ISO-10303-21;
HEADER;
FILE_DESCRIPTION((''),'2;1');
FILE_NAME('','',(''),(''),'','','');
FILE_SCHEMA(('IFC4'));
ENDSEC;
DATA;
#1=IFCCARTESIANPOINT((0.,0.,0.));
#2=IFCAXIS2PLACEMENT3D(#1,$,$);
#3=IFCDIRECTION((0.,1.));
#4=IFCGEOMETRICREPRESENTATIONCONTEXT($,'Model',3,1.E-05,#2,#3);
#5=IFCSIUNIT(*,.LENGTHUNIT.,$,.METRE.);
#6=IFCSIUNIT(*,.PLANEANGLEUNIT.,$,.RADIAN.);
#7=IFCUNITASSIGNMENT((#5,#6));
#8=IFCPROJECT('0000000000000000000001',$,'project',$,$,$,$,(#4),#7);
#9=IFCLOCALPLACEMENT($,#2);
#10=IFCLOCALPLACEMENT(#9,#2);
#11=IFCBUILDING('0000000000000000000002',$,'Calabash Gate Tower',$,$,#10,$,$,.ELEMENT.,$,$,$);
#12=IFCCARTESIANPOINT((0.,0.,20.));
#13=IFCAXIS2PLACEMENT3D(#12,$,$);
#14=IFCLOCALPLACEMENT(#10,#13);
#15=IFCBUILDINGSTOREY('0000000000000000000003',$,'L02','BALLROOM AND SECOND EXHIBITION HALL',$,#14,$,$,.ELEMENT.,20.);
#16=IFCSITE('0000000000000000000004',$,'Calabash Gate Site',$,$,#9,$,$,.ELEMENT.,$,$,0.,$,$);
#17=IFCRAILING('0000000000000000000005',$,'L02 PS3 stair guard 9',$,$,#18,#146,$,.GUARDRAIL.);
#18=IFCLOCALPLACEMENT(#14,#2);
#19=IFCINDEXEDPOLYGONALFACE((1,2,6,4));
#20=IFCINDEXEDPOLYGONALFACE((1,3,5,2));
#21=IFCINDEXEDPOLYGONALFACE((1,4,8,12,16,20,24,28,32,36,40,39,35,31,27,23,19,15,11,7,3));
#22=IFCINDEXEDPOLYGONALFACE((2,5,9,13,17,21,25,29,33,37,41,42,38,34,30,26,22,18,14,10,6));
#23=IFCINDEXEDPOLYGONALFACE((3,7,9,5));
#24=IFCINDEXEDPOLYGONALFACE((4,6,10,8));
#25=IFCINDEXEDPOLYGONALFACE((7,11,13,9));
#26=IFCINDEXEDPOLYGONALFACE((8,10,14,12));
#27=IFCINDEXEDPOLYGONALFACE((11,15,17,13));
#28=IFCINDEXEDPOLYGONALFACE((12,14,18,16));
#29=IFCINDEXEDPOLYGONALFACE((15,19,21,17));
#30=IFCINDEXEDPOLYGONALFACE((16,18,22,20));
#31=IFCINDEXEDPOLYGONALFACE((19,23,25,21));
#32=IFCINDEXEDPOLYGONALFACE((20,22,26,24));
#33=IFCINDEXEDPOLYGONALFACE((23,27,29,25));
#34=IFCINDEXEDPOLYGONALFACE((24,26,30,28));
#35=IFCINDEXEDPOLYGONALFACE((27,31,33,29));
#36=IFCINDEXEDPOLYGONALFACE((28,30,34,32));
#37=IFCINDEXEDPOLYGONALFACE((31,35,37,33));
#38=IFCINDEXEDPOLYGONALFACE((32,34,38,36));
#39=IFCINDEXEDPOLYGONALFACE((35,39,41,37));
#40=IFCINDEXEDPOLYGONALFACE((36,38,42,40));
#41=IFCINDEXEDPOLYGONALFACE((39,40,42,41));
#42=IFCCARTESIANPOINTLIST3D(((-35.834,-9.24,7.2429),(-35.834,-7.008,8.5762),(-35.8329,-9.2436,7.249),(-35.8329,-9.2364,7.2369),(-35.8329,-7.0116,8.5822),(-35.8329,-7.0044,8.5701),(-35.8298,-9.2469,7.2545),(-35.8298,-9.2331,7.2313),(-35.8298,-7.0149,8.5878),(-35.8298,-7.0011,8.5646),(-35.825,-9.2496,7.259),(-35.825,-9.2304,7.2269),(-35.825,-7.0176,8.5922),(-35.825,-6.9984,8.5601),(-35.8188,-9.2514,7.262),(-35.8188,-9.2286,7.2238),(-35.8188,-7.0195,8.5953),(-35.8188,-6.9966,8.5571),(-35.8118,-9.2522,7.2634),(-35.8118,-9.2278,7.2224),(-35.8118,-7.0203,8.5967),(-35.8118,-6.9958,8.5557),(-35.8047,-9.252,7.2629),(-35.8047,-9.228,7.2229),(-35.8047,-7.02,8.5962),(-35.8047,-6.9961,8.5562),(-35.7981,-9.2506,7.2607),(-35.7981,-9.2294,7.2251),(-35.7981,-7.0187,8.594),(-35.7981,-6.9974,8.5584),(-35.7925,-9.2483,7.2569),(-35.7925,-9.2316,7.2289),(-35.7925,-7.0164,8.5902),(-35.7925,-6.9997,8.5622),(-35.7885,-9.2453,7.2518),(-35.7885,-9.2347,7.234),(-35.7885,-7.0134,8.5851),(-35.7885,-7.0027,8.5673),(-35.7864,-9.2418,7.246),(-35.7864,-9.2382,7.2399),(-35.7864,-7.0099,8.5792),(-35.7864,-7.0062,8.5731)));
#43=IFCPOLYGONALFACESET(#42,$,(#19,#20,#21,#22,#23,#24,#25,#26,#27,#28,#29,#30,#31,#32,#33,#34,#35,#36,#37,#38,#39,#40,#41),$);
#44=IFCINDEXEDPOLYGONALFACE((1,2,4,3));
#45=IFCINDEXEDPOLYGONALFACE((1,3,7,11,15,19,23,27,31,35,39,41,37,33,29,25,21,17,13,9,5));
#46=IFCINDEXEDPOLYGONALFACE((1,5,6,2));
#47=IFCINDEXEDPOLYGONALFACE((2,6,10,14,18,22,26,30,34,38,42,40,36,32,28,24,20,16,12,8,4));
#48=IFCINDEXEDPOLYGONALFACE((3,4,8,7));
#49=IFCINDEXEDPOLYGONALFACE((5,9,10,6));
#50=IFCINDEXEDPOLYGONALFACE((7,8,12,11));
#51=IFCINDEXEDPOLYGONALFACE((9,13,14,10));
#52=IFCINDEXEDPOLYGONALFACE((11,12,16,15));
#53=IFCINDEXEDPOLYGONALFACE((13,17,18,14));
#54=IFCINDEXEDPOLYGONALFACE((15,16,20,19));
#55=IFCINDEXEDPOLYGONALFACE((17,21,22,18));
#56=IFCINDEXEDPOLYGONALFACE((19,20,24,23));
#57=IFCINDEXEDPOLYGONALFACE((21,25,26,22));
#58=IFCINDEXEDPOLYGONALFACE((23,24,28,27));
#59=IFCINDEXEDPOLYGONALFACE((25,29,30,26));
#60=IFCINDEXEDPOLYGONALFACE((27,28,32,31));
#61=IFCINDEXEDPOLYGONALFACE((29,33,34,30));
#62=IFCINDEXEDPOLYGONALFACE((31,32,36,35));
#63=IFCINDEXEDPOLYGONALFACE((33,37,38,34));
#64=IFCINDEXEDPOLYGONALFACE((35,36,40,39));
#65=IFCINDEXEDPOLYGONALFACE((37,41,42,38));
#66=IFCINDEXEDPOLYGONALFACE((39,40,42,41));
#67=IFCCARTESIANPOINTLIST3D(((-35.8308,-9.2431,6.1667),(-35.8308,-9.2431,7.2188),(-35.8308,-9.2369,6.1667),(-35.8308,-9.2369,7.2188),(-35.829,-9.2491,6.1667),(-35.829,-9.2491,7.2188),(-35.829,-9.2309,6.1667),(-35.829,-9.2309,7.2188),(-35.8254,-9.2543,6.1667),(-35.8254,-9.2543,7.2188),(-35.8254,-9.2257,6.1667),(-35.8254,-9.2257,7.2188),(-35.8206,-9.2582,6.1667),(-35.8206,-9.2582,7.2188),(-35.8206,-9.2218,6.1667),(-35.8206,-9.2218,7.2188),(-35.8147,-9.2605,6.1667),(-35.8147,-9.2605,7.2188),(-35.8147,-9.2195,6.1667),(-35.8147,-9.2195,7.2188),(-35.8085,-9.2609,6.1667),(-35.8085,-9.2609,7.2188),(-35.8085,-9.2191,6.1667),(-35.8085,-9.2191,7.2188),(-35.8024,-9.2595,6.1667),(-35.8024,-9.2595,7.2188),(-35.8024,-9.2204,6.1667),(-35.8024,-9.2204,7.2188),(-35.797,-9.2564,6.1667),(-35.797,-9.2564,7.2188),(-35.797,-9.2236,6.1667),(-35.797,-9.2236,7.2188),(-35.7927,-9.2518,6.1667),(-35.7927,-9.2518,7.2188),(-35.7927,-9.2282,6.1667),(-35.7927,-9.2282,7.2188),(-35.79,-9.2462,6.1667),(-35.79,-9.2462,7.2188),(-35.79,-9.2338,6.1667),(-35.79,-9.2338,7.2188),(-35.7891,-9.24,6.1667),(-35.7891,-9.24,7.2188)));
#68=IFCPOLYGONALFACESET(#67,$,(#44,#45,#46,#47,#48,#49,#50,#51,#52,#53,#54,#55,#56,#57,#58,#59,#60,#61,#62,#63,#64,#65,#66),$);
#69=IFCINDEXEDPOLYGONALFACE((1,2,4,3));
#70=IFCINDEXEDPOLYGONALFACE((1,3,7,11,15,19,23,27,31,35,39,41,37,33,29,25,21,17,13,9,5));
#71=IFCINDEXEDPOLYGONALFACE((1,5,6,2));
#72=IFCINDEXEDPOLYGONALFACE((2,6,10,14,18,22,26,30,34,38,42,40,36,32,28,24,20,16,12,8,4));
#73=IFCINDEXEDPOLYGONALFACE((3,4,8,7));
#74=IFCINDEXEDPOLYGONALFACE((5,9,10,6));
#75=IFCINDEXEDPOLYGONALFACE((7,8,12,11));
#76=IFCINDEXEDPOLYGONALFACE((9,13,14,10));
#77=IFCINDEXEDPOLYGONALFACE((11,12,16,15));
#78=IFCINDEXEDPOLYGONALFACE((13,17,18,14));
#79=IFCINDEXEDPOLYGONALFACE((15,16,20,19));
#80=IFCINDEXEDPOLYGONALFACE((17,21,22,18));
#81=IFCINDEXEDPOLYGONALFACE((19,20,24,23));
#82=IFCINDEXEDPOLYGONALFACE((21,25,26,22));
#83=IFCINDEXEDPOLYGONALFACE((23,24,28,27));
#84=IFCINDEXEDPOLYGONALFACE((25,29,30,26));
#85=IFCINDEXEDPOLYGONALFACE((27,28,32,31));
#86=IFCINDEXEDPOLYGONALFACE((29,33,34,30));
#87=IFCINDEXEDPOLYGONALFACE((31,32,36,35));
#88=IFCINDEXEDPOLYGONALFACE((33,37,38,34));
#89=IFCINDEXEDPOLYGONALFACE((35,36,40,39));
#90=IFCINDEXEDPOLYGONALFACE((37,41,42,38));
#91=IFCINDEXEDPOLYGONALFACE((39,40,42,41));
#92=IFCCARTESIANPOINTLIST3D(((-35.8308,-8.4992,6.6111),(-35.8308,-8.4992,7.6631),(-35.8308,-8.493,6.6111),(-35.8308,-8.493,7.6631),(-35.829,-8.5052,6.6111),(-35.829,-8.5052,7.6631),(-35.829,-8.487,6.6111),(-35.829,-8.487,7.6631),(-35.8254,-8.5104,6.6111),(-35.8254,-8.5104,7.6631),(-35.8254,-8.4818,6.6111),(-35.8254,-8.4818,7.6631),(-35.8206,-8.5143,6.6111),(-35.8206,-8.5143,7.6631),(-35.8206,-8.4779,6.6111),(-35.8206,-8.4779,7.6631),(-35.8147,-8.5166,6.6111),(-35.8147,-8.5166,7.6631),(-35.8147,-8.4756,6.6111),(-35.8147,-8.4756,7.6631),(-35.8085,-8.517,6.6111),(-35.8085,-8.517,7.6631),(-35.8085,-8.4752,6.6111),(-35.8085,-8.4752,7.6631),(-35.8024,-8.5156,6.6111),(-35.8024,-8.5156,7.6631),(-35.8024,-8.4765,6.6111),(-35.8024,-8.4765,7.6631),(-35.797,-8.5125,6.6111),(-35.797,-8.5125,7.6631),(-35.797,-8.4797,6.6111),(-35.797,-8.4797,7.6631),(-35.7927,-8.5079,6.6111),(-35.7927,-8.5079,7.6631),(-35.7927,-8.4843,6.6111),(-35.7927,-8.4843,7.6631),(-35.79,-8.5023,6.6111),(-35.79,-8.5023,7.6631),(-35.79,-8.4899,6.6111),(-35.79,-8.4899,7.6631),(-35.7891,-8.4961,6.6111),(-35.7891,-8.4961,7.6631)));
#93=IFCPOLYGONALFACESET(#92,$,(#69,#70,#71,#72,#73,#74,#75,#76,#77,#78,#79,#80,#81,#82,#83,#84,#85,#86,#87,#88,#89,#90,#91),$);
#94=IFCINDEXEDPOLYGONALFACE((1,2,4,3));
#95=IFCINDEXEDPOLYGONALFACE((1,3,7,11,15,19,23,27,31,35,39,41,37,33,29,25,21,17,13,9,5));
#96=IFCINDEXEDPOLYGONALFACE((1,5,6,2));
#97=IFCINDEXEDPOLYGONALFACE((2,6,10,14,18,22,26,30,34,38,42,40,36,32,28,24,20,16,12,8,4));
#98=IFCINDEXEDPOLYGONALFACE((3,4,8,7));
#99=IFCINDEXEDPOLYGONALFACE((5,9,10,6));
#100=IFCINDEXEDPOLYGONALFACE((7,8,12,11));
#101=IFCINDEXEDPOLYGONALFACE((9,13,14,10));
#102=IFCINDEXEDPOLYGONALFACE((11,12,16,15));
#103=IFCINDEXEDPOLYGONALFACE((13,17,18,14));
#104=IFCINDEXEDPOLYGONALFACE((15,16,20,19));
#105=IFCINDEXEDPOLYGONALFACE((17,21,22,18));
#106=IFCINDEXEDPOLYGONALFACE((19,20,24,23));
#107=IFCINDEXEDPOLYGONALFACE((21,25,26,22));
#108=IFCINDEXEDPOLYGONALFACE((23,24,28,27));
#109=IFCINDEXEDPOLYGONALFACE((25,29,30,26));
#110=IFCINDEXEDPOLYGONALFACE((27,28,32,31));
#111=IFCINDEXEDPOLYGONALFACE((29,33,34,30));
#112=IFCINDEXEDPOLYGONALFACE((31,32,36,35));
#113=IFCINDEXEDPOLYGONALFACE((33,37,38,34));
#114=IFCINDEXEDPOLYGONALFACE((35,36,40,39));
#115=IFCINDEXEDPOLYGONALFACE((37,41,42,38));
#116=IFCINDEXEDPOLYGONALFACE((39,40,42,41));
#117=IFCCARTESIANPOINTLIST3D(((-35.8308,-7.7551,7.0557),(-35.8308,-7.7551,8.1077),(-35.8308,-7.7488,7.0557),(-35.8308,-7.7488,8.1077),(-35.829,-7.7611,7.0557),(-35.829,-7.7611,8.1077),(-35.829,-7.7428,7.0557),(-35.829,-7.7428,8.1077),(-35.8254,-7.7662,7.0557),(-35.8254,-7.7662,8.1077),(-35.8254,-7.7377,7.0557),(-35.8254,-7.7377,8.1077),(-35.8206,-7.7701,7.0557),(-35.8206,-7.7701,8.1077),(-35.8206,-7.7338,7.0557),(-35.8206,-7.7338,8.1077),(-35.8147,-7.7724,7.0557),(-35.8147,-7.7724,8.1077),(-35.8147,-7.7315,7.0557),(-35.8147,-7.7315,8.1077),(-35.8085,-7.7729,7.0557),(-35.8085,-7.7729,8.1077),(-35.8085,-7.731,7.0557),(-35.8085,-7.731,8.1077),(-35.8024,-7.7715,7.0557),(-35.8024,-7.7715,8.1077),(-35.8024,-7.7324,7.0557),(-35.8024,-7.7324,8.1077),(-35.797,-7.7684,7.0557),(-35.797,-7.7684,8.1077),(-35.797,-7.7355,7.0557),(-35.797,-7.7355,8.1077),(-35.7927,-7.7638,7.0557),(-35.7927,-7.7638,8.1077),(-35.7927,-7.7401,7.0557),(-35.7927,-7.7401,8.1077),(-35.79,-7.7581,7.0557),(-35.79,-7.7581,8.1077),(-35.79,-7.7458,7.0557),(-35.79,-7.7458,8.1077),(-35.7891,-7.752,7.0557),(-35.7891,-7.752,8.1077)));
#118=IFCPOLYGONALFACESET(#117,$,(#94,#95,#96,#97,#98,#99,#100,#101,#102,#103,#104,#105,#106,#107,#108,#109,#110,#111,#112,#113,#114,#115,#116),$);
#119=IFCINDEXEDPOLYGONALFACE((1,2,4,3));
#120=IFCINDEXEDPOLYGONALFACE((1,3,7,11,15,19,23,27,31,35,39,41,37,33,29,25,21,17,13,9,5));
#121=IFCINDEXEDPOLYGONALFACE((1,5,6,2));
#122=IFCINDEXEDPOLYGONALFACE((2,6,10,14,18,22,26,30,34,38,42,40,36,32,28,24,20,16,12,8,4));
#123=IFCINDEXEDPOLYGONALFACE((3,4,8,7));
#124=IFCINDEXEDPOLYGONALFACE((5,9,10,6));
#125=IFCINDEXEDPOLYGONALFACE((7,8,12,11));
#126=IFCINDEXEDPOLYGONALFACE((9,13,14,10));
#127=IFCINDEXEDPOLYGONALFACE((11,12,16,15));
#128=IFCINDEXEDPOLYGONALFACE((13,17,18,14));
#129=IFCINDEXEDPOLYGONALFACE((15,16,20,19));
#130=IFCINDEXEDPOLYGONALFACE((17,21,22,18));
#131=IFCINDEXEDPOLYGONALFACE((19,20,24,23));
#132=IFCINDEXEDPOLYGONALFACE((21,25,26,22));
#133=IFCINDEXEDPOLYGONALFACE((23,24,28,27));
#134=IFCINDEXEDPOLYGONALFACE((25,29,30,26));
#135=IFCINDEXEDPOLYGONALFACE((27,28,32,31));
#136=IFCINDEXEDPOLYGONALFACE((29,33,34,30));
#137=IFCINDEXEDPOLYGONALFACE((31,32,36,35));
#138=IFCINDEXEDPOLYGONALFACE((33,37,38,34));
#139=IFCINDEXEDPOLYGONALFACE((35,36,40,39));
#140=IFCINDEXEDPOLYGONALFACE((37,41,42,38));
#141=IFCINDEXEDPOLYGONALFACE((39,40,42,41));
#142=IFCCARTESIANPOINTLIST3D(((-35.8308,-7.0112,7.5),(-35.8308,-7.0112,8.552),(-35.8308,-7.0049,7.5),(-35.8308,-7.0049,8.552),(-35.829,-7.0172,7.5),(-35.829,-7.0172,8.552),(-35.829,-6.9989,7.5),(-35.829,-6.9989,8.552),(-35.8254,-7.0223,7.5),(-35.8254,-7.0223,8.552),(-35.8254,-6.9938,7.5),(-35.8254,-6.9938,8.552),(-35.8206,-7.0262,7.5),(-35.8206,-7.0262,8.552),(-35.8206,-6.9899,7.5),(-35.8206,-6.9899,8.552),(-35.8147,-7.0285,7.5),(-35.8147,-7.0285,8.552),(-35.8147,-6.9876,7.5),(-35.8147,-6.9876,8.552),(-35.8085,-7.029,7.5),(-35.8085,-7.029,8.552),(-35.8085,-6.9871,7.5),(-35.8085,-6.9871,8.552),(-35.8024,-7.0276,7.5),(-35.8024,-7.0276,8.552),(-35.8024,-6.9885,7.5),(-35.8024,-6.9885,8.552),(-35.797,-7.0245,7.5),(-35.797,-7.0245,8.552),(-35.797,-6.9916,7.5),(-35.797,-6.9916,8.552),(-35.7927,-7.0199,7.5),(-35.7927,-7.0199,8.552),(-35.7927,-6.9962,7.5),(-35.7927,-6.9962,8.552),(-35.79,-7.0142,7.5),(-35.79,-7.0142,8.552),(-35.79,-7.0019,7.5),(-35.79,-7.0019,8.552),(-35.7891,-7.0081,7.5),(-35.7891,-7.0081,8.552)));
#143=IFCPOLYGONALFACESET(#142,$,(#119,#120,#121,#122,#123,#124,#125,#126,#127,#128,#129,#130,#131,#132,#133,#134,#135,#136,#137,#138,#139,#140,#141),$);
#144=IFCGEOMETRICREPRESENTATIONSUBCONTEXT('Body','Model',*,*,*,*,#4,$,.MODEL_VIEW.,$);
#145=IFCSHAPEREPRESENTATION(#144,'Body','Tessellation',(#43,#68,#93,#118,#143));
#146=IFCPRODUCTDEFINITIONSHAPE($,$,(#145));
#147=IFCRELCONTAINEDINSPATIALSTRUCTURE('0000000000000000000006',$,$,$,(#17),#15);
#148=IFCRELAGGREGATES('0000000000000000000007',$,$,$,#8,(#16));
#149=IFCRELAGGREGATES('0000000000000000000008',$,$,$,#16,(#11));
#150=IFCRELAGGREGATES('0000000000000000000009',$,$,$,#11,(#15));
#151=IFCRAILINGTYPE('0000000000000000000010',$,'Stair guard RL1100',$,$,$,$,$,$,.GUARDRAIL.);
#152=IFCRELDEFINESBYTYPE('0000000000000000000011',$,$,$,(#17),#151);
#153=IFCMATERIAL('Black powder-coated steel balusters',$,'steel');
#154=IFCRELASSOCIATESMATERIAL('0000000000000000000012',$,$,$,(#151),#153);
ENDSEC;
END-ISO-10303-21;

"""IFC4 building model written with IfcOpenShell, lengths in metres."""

from ifc_helpers import new_model, si_unit, direction, frame, origin, origin_2d, place, context, subcontext, project, spatial, circle, extrude, material, type_object, element, save


model = new_model("IFC4")

# Units and contexts
model_context = context("Model", 3, precision=1e-05, world=origin(), true_north=direction((0.0, 1.0)))
body_context = subcontext(model_context, "Body", "Model", "MODEL_VIEW")
ifc_project = project(units=[si_unit("LENGTHUNIT", "METRE"), si_unit("PLANEANGLEUNIT", "RADIAN")], contexts=[model_context])

# Site, building, storey
site_placement = place(None, origin())
site = spatial("IfcSite", under=ifc_project, at=site_placement, Name="Calabash Gate Site", CompositionType="ELEMENT", RefElevation=0.0)
building_placement = place(site_placement, origin())
building = spatial("IfcBuilding", under=site, at=building_placement, Name="Calabash Gate Tower", CompositionType="ELEMENT")
storey_placement = place(building_placement, frame((0.0, 0.0, 20.0)))
storey = spatial("IfcBuildingStorey", under=building, at=storey_placement, Name="L02", Description="BALLROOM AND SECOND EXHIBITION HALL", CompositionType="ELEMENT", Elevation=20.0)

# Railing
ifc_material_1 = material(Name="Black powder-coated steel balusters", Category="steel")
railing_type_1 = type_object("IfcRailingType", Name="Stair guard RL1100", PredefinedType="GUARDRAIL", material=ifc_material_1)
for number, where, name in (
    (1, (-35.8101, -9.24, 6.1667), "L02 PS3 stair guard 9"),
):
    element("IfcRailing", number, at=place(storey_placement, frame(where)), inside=storey, type_object=railing_type_1, Name=name, PredefinedType="GUARDRAIL", context=body_context, shape_type="SweptSolid", body=[
        extrude(circle(Radius=0.0239, at=origin_2d()), frame((0.0, 0.0, 1.0762), z_axis=(0.0, 0.858494, 0.512824), x_axis=(-1.0, 0.0, 0.0)), (0.0, 0.0, 1.0), 2.5999),
        extrude(circle(Radius=0.021, at=origin_2d()), origin(), (0.0, 0.0, 1.0), 1.052),
        extrude(circle(Radius=0.021, at=origin_2d()), frame((0.0, 0.7439, 0.4443)), (0.0, 0.0, 1.0), 1.052),
        extrude(circle(Radius=0.021, at=origin_2d()), frame((0.0, 1.488, 0.8889)), (0.0, 0.0, 1.0), 1.052),
        extrude(circle(Radius=0.021, at=origin_2d()), frame((0.0, 2.2319, 1.3333)), (0.0, 0.0, 1.0), 1.052),
    ])

save(model, "model.ifc")
